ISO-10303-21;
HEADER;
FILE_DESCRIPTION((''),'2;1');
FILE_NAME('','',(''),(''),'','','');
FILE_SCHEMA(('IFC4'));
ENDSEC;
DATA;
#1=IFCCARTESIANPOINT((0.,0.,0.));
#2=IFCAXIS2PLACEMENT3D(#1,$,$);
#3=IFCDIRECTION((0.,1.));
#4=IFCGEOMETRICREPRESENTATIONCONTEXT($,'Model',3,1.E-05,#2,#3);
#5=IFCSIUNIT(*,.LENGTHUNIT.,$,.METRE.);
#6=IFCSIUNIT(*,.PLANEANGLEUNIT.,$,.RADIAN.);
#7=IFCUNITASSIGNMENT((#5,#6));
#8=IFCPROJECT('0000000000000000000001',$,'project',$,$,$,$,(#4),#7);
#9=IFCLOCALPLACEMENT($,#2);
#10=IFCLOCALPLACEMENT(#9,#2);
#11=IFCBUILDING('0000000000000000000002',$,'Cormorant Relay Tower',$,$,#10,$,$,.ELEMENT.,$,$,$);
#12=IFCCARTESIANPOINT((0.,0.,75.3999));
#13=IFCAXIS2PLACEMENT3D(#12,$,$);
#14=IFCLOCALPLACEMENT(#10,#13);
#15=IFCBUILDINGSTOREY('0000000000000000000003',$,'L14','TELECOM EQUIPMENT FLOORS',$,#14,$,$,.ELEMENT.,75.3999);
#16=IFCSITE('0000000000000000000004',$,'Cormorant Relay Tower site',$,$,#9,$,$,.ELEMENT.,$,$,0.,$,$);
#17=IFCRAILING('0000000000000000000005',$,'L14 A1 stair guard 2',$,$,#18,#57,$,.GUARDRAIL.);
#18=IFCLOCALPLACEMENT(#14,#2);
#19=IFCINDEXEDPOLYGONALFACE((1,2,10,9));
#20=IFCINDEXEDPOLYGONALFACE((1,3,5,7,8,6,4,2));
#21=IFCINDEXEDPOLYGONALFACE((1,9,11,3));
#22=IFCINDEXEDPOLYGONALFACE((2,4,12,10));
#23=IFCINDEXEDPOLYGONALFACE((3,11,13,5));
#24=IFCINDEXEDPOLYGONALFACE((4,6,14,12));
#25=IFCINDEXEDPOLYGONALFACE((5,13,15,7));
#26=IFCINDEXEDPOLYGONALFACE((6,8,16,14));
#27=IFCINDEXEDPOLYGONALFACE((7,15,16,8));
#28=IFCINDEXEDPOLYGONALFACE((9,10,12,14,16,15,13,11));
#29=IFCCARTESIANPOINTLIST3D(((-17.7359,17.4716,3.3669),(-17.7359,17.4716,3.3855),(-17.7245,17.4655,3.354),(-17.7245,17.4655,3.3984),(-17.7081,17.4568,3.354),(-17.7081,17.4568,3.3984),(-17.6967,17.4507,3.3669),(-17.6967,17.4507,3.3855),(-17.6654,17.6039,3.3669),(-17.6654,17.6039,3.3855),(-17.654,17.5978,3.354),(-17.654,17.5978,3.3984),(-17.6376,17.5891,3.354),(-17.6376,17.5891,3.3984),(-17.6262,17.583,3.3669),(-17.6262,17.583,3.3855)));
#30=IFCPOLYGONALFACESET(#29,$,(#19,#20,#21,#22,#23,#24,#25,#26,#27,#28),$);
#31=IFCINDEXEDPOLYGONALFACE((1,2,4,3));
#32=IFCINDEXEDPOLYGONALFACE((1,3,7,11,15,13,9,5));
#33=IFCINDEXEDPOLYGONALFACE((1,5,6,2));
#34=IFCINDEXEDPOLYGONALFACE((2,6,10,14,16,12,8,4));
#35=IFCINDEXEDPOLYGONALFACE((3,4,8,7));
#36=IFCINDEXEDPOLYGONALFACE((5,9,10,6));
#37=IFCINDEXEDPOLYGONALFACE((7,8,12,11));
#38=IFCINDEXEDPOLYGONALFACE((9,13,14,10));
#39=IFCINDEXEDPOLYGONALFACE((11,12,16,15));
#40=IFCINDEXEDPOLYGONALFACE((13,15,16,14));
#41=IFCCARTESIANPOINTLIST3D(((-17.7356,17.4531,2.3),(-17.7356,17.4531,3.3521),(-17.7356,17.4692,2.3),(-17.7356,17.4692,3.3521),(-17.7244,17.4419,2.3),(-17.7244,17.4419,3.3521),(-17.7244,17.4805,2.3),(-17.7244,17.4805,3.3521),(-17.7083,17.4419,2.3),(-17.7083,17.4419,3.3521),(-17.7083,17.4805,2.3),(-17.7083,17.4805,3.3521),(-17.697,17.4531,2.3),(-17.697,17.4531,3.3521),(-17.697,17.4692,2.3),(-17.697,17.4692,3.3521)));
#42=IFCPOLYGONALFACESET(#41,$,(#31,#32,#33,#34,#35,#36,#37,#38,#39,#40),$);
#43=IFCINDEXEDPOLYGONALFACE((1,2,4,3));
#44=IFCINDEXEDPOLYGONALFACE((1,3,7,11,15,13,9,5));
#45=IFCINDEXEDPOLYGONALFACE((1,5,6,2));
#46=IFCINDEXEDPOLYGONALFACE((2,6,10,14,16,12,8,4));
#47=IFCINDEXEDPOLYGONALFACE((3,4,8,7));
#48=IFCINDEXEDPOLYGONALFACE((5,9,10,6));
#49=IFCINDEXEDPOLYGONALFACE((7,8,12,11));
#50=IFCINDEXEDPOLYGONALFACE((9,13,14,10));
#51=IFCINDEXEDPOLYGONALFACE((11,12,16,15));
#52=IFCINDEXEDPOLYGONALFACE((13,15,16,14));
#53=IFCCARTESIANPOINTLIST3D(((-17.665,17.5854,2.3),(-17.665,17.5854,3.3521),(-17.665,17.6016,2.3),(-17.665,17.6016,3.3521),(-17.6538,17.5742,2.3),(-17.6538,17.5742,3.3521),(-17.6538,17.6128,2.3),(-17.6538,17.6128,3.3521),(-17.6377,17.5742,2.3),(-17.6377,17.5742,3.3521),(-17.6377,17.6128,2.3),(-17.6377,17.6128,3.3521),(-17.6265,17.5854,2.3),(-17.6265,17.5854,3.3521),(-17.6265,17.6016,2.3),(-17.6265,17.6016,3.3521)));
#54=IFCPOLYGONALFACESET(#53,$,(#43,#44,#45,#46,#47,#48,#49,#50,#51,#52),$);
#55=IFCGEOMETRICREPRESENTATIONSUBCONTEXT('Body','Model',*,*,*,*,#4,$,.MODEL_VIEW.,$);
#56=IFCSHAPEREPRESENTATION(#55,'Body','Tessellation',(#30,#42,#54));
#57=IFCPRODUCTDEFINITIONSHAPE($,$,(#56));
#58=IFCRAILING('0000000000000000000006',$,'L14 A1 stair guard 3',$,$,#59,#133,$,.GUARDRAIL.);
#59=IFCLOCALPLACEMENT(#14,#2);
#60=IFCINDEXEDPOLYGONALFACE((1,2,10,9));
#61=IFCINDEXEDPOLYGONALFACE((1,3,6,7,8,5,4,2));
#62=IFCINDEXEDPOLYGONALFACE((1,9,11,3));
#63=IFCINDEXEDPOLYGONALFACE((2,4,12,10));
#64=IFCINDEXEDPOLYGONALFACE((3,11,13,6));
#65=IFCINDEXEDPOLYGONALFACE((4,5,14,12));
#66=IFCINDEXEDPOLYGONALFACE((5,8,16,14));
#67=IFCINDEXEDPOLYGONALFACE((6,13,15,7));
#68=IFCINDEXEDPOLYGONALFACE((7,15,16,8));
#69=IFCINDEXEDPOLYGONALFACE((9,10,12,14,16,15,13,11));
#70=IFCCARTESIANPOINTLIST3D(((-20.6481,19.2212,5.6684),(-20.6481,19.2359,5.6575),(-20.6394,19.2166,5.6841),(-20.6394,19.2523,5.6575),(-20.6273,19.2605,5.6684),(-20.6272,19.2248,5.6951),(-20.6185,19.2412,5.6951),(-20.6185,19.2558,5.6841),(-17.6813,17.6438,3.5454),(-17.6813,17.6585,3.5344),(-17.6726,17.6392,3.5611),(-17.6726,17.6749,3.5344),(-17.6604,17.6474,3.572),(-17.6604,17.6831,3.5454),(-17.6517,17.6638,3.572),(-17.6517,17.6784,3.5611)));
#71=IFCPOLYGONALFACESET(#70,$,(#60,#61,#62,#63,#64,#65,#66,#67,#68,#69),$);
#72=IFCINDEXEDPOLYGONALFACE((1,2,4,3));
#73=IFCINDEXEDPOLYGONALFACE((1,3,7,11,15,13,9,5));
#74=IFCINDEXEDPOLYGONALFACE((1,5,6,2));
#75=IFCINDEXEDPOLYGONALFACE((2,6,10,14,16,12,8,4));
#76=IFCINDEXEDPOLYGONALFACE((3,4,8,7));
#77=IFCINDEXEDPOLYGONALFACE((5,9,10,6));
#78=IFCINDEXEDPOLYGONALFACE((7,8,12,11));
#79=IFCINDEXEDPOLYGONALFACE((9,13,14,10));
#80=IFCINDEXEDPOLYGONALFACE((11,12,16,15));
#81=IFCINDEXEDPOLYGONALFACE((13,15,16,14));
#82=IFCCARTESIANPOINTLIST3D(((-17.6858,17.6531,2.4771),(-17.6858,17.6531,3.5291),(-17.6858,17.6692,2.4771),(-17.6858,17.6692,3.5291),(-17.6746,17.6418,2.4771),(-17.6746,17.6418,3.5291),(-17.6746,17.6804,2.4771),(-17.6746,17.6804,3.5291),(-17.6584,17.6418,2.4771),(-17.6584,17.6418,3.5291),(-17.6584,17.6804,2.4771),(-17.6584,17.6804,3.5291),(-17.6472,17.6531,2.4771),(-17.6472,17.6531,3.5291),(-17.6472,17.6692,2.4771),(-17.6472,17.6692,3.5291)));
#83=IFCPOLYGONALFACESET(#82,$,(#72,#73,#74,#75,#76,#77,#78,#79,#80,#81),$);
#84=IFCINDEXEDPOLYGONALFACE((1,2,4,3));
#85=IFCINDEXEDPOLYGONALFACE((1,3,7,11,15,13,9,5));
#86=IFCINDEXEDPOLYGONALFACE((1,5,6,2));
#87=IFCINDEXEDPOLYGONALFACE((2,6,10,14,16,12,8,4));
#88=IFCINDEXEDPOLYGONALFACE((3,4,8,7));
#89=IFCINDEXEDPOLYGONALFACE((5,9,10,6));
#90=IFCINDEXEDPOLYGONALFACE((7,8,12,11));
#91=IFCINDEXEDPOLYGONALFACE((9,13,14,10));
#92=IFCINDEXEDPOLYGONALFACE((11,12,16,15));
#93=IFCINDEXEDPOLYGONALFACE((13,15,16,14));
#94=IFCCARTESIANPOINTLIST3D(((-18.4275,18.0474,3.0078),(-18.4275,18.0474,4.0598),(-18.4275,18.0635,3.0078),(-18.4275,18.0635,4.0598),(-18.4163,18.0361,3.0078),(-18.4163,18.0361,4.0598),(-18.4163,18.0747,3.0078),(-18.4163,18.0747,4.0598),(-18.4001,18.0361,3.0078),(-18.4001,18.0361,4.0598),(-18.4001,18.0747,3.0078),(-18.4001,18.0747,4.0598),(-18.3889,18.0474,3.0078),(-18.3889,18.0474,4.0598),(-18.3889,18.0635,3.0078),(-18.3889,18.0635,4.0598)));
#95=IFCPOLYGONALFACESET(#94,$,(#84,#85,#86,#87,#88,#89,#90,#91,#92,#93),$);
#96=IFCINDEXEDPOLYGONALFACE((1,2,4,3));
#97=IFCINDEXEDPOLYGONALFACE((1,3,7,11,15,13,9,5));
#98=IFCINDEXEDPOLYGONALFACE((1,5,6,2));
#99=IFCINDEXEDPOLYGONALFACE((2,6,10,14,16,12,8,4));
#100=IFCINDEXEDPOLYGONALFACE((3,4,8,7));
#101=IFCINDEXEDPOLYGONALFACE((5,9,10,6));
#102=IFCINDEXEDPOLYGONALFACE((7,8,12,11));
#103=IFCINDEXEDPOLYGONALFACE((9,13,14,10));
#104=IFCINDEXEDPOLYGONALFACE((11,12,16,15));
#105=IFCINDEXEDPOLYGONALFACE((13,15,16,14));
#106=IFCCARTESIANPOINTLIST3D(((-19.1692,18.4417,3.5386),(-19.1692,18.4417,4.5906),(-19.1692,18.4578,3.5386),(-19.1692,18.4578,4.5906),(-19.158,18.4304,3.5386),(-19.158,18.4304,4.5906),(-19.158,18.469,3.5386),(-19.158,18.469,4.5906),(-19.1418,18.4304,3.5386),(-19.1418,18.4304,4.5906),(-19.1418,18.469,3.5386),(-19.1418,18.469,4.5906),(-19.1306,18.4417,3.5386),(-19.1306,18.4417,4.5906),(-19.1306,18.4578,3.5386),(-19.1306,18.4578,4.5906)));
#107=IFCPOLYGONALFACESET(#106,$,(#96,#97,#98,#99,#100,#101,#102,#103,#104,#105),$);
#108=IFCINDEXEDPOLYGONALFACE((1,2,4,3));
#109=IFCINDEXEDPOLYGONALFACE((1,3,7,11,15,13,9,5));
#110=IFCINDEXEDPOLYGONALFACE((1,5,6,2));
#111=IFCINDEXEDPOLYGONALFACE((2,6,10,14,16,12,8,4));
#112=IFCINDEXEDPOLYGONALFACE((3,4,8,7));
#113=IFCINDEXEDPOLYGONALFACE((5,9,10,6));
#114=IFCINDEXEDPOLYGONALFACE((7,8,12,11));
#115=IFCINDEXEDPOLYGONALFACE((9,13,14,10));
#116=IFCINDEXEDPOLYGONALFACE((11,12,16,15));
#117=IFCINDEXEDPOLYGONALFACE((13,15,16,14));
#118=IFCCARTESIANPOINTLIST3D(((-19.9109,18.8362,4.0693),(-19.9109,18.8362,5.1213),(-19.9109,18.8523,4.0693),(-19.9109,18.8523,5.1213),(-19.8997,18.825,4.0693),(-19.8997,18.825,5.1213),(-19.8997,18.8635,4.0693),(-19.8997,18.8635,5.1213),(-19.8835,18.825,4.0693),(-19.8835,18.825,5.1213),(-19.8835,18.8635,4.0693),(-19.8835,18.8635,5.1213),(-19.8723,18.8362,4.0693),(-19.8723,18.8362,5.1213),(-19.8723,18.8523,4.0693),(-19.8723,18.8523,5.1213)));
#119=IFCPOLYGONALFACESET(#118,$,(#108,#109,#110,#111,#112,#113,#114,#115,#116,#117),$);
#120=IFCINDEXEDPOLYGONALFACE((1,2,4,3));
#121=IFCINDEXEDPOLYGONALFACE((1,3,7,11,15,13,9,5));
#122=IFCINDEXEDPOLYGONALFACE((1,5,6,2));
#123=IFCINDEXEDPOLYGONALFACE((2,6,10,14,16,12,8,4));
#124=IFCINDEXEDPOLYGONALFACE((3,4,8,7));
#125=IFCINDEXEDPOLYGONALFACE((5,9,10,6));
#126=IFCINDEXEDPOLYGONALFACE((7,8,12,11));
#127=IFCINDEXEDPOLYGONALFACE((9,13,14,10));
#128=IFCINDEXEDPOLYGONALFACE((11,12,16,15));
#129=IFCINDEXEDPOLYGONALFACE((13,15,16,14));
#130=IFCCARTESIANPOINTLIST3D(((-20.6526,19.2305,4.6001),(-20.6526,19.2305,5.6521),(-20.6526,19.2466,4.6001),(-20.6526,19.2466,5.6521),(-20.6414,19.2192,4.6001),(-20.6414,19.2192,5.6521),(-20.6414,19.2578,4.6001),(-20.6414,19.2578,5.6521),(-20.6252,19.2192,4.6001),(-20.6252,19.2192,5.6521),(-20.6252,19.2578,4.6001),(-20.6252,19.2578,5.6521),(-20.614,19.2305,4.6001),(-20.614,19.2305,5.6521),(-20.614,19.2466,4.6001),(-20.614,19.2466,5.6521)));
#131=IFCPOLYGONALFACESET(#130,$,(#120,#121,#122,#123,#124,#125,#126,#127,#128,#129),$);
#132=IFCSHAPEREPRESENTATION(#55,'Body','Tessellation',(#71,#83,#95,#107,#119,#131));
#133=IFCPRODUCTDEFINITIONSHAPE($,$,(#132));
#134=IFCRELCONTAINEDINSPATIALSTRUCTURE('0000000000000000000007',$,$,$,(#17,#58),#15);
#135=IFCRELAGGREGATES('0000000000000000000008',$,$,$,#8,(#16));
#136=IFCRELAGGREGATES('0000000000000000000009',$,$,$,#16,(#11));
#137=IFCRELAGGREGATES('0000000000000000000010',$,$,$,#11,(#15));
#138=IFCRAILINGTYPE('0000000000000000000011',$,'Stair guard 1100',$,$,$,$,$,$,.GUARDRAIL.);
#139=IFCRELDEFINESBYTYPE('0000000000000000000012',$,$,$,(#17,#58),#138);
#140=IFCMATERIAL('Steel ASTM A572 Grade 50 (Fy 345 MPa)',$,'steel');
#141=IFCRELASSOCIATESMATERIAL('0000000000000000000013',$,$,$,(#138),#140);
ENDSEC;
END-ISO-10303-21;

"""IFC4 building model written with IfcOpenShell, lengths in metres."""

from ifc_helpers import new_model, si_unit, direction, frame, origin, place, context, subcontext, project, spatial, polyline, outline, extrude, material, type_object, element, save


model = new_model("IFC4")

# Units and contexts
model_context = context("Model", 3, precision=1e-05, world=origin(), true_north=direction((0.0, 1.0)))
body_context = subcontext(model_context, "Body", "Model", "MODEL_VIEW")
ifc_project = project(units=[si_unit("LENGTHUNIT", "METRE"), si_unit("PLANEANGLEUNIT", "RADIAN")], contexts=[model_context])

# Site, building, storey
site_placement = place(None, origin())
site = spatial("IfcSite", under=ifc_project, at=site_placement, Name="Cormorant Relay Tower site", CompositionType="ELEMENT", RefElevation=0.0)
building_placement = place(site_placement, origin())
building = spatial("IfcBuilding", under=site, at=building_placement, Name="Cormorant Relay Tower", CompositionType="ELEMENT")
storey_placement = place(building_placement, frame((0.0, 0.0, 75.3999)))
storey = spatial("IfcBuildingStorey", under=building, at=storey_placement, Name="L14", Description="TELECOM EQUIPMENT FLOORS", CompositionType="ELEMENT", Elevation=75.3999)

# Railings
ifc_material_1 = material(Name="Steel ASTM A572 Grade 50 (Fy 345 MPa)", Category="steel")
railing_type_1 = type_object("IfcRailingType", Name="Stair guard 1100", PredefinedType="GUARDRAIL", material=ifc_material_1)
railing_1_placement = place(storey_placement, frame((-17.7163, 17.4612, 2.3)))
element("IfcRailing", 1, at=railing_1_placement, inside=storey, type_object=railing_type_1, Name="L14 A1 stair guard 2", PredefinedType="GUARDRAIL", context=body_context, shape_type="SweptSolid", body=[
    extrude(outline(polyline([(0.0222, 0.0093), (0.0093, 0.0222), (-0.0093, 0.0222), (-0.0222, 0.0093), (-0.0222, -0.0093), (-0.0093, -0.0222), (0.0093, -0.0222), (0.0222, -0.0093), (0.0222, 0.0093)])), frame((0.0, 0.0, 1.0762), z_axis=(0.470504, 0.882398, 0.0), x_axis=(-0.882398, 0.470504, 0.0)), (0.0, 0.0, 1.0), 0.1499),
    extrude(outline(polyline([(0.0193, 0.0081), (0.0081, 0.0193), (-0.0081, 0.0193), (-0.0193, 0.0081), (-0.0193, -0.0081), (-0.0081, -0.0193), (0.0081, -0.0193), (0.0193, -0.0081), (0.0193, 0.0081)])), origin(), (0.0, 0.0, 1.0), 1.052),
    extrude(outline(polyline([(0.0193, 0.0081), (0.0081, 0.0193), (-0.0081, 0.0193), (-0.0193, 0.0081), (-0.0193, -0.0081), (-0.0081, -0.0193), (0.0081, -0.0193), (0.0193, -0.0081), (0.0193, 0.0081)])), frame((0.0706, 0.1323, 0.0)), (0.0, 0.0, 1.0), 1.052),
])
railing_2_placement = place(storey_placement, frame((-17.6665, 17.6611, 2.4771)))
element("IfcRailing", 2, at=railing_2_placement, inside=storey, type_object=railing_type_1, Name="L14 A1 stair guard 3", PredefinedType="GUARDRAIL", context=body_context, shape_type="SweptSolid", body=[
    extrude(outline(polyline([(0.0222, 0.0093), (0.0093, 0.0222), (-0.0093, 0.0222), (-0.0222, 0.0093), (-0.0222, -0.0093), (-0.0093, -0.0222), (0.0093, -0.0222), (0.0222, -0.0093), (0.0222, 0.0093)])), frame((0.0, 0.0, 1.0762), z_axis=(-0.746441, 0.396869, 0.534155), x_axis=(-0.469453, -0.882958, 0.0)), (0.0, 0.0, 1.0), 3.9746),
    extrude(outline(polyline([(0.0193, 0.0081), (0.0081, 0.0193), (-0.0081, 0.0193), (-0.0193, 0.0081), (-0.0193, -0.0081), (-0.0081, -0.0193), (0.0081, -0.0193), (0.0193, -0.0081), (0.0193, 0.0081)])), origin(), (0.0, 0.0, 1.0), 1.052),
    extrude(outline(polyline([(0.0193, 0.0081), (0.0081, 0.0193), (-0.0081, 0.0193), (-0.0193, 0.0081), (-0.0193, -0.0081), (-0.0081, -0.0193), (0.0081, -0.0193), (0.0193, -0.0081), (0.0193, 0.0081)])), frame((-0.7417, 0.3943, 0.5308)), (0.0, 0.0, 1.0), 1.052),
    extrude(outline(polyline([(0.0193, 0.0081), (0.0081, 0.0193), (-0.0081, 0.0193), (-0.0193, 0.0081), (-0.0193, -0.0081), (-0.0081, -0.0193), (0.0081, -0.0193), (0.0193, -0.0081), (0.0193, 0.0081)])), frame((-1.4834, 0.7886, 1.0615)), (0.0, 0.0, 1.0), 1.052),
    extrude(outline(polyline([(0.0193, 0.0081), (0.0081, 0.0193), (-0.0081, 0.0193), (-0.0193, 0.0081), (-0.0193, -0.0081), (-0.0081, -0.0193), (0.0081, -0.0193), (0.0193, -0.0081), (0.0193, 0.0081)])), frame((-2.2251, 1.1831, 1.5923)), (0.0, 0.0, 1.0), 1.052),
    extrude(outline(polyline([(0.0193, 0.0081), (0.0081, 0.0193), (-0.0081, 0.0193), (-0.0193, 0.0081), (-0.0193, -0.0081), (-0.0081, -0.0193), (0.0081, -0.0193), (0.0193, -0.0081), (0.0193, 0.0081)])), frame((-2.9668, 1.5774, 2.123)), (0.0, 0.0, 1.0), 1.052),
])

save(model, "model.ifc")
